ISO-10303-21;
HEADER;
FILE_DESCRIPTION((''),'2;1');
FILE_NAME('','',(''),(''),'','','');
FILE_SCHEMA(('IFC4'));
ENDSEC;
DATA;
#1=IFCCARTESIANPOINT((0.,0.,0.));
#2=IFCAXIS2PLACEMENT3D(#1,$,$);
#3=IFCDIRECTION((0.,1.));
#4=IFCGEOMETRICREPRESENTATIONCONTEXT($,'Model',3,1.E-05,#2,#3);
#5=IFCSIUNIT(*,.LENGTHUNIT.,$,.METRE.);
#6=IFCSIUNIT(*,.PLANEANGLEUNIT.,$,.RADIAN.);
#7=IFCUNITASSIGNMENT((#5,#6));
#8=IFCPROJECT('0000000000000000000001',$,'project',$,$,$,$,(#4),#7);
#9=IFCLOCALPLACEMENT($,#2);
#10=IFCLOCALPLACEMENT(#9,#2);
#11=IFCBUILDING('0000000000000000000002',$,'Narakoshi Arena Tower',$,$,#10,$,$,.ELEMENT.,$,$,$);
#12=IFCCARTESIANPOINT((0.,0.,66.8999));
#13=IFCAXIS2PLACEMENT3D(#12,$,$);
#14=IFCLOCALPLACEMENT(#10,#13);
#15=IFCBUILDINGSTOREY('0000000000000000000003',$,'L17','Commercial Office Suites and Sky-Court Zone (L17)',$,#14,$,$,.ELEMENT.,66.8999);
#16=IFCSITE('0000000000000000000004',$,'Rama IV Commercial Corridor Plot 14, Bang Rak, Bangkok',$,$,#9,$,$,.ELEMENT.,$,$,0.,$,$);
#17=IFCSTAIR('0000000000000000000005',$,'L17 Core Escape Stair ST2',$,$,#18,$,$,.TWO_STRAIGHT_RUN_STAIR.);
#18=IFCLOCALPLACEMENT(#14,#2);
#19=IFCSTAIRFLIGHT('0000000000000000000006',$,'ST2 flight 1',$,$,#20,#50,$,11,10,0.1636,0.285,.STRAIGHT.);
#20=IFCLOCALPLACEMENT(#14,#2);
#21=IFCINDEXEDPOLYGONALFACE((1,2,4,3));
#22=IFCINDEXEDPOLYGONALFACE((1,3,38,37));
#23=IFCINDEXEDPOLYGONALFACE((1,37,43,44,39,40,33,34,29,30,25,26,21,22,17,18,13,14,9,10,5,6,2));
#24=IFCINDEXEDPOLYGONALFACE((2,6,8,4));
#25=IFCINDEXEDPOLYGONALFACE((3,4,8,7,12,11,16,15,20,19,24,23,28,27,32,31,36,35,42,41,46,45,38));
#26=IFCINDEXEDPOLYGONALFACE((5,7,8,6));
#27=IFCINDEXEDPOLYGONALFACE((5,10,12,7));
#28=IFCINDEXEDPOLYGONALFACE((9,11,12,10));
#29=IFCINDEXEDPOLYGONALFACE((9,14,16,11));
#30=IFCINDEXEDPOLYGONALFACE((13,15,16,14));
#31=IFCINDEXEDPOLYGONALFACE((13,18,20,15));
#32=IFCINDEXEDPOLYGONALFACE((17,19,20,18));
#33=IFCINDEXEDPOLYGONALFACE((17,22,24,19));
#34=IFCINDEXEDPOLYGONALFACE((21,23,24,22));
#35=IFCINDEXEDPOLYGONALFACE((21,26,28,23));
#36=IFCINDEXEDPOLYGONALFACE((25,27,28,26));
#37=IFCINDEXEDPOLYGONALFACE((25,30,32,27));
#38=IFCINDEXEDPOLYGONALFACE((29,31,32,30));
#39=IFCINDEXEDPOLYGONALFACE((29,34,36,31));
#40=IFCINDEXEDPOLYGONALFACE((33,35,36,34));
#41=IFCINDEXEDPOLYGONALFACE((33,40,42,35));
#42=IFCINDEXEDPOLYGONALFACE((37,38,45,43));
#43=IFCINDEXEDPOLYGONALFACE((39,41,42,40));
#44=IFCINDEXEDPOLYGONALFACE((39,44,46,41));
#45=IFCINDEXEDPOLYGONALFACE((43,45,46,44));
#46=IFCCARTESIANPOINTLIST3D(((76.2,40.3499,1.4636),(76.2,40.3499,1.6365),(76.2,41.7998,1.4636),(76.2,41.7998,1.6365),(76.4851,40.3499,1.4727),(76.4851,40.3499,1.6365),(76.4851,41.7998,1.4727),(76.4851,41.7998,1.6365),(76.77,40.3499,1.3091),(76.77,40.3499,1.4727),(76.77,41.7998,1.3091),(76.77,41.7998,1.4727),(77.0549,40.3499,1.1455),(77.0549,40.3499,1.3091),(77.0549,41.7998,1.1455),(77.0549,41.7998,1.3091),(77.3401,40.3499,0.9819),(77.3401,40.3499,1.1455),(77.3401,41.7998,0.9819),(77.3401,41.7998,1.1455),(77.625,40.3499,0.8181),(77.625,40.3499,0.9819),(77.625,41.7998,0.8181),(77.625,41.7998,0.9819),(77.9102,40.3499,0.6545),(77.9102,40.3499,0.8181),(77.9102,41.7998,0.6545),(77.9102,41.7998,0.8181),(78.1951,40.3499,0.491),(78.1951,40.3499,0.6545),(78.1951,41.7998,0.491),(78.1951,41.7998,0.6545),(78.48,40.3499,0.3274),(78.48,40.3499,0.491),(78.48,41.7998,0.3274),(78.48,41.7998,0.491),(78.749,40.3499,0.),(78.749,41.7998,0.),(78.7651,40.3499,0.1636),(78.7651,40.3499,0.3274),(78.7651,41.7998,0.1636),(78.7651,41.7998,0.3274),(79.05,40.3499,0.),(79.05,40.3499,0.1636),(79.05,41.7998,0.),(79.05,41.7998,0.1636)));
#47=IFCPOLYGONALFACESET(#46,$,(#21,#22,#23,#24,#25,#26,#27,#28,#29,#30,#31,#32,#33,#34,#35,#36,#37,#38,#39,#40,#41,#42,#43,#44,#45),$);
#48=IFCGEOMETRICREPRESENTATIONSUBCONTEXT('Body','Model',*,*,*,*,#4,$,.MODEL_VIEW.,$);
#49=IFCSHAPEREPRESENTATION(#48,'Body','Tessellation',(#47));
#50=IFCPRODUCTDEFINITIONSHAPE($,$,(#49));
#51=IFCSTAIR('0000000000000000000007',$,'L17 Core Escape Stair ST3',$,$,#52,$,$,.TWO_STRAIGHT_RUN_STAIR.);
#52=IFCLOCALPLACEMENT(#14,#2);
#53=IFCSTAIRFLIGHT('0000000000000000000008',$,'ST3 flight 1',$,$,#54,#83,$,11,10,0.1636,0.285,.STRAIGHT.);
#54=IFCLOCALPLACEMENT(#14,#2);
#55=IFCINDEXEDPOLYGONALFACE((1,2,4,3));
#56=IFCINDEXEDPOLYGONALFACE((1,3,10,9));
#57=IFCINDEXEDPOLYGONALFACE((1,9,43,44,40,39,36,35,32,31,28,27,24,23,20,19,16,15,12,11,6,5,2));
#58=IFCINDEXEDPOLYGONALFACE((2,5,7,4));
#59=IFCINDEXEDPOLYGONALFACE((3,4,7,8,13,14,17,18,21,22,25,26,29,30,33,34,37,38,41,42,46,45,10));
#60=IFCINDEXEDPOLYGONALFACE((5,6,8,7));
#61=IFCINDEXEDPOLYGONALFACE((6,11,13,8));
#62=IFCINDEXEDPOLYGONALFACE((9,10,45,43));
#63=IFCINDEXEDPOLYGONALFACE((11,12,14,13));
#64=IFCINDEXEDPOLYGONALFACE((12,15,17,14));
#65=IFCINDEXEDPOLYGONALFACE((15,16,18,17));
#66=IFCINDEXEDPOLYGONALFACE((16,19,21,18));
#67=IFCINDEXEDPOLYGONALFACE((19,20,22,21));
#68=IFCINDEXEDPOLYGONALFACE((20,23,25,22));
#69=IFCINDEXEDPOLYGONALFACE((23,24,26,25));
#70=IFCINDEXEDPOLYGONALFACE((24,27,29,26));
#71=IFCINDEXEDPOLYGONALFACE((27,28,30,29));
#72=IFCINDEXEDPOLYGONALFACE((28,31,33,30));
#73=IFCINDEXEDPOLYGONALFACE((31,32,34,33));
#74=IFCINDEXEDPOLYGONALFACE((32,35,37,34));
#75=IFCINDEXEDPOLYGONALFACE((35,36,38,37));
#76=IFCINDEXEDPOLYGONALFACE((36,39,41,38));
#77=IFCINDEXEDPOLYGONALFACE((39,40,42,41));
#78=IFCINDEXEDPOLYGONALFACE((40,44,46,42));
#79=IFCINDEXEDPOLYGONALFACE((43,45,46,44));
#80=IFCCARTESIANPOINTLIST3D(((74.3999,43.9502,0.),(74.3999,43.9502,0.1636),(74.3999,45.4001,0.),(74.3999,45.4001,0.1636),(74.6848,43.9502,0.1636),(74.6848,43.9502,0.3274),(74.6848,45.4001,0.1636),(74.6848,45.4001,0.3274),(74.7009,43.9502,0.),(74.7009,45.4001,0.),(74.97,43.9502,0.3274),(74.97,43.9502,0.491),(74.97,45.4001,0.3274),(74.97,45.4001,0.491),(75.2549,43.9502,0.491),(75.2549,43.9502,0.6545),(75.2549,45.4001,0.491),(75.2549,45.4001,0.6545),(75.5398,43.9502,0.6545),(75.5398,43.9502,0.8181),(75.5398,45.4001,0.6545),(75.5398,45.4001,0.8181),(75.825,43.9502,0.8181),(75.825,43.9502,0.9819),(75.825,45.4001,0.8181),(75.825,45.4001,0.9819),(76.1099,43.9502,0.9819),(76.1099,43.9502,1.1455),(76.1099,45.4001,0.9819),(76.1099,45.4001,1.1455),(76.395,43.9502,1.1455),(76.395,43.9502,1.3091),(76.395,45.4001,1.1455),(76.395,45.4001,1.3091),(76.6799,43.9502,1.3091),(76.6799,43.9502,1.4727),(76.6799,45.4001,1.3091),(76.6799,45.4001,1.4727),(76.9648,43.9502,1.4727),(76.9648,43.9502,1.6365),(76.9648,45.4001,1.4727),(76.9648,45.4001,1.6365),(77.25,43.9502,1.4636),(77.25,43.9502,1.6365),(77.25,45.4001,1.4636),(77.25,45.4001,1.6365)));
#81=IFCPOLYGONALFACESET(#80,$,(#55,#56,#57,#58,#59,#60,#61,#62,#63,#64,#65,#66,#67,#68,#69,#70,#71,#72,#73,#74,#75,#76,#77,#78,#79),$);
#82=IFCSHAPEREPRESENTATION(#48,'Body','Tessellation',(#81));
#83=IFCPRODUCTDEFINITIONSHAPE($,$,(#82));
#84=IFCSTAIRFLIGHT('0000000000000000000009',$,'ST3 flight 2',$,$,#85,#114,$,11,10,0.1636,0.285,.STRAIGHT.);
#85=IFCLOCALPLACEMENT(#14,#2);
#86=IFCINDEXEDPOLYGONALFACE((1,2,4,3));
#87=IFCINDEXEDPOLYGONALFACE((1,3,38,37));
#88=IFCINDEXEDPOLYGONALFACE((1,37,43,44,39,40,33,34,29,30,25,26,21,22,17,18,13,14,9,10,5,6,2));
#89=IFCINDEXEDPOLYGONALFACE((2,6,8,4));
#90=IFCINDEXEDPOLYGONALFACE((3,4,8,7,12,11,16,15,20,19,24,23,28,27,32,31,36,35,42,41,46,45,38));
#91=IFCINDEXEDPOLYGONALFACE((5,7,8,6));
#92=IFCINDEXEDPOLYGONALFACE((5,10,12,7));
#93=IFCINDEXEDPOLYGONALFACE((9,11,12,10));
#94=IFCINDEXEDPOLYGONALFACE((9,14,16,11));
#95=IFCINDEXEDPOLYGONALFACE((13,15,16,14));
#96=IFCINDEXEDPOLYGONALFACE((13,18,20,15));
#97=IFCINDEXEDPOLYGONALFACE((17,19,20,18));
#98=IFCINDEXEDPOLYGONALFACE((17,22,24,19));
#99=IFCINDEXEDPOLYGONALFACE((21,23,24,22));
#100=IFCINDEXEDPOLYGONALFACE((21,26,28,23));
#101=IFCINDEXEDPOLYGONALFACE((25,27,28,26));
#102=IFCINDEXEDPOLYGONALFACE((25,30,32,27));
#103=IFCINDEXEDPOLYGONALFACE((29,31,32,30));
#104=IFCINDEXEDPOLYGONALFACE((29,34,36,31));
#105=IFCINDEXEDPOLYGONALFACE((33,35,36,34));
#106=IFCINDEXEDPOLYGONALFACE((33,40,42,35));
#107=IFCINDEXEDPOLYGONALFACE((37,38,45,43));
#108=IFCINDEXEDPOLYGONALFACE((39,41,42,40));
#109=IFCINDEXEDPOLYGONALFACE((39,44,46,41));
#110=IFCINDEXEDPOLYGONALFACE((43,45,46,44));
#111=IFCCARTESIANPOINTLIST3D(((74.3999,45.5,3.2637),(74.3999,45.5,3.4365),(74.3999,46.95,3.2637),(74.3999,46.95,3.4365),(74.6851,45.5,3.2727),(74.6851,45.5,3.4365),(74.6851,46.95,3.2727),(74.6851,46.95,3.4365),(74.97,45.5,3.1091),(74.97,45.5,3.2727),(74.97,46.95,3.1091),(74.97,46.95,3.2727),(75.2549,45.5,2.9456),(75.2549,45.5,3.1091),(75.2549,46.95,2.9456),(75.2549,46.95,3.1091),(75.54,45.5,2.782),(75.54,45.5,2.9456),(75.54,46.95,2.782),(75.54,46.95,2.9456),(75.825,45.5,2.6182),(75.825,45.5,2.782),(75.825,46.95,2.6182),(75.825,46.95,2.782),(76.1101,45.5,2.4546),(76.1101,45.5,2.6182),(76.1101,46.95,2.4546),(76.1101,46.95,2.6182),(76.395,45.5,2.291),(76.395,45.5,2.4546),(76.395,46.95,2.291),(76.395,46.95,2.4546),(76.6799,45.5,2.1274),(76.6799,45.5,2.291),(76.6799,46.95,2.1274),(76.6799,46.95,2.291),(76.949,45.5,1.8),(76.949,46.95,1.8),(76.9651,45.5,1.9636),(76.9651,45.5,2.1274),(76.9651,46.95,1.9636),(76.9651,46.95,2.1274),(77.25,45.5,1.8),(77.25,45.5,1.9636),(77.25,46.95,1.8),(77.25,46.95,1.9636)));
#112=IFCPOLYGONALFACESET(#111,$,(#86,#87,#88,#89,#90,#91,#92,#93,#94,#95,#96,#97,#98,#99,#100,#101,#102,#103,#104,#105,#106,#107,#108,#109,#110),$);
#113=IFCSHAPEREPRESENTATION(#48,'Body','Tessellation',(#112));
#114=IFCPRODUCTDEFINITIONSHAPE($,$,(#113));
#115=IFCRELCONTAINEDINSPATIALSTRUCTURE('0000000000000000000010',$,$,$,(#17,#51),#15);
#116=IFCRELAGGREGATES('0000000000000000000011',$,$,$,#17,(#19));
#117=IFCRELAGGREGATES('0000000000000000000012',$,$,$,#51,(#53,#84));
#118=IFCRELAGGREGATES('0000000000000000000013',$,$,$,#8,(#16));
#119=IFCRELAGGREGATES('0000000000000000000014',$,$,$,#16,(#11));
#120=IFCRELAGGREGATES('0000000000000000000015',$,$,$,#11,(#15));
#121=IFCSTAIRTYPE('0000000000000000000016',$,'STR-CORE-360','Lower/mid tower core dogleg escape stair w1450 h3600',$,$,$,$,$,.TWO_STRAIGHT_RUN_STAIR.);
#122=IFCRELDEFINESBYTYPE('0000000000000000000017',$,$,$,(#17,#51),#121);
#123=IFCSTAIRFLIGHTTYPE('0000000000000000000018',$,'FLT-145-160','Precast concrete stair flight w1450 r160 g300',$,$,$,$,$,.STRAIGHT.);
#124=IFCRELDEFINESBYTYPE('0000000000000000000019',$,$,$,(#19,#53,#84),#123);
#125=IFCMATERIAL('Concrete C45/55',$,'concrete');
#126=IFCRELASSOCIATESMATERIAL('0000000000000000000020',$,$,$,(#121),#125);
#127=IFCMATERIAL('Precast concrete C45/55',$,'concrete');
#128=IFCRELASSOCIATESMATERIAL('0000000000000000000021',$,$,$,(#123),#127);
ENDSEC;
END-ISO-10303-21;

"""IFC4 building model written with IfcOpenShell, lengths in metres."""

from ifc_helpers import new_model, si_unit, direction, frame, origin, place, context, subcontext, project, spatial, polyline, outline, extrude, material, type_object, element, aggregate, save


model = new_model("IFC4")

# Units and contexts
model_context = context("Model", 3, precision=1e-05, world=origin(), true_north=direction((0.0, 1.0)))
body_context = subcontext(model_context, "Body", "Model", "MODEL_VIEW")
ifc_project = project(units=[si_unit("LENGTHUNIT", "METRE"), si_unit("PLANEANGLEUNIT", "RADIAN")], contexts=[model_context])

# Site, building, storey
site_placement = place(None, origin())
site = spatial("IfcSite", under=ifc_project, at=site_placement, Name="Rama IV Commercial Corridor Plot 14, Bang Rak, Bangkok", CompositionType="ELEMENT", RefElevation=0.0)
building_placement = place(site_placement, origin())
building = spatial("IfcBuilding", under=site, at=building_placement, Name="Narakoshi Arena Tower", CompositionType="ELEMENT")
storey_placement = place(building_placement, frame((0.0, 0.0, 66.8999)))
storey = spatial("IfcBuildingStorey", under=building, at=storey_placement, Name="L17", Description="Commercial Office Suites and Sky-Court Zone (L17)", CompositionType="ELEMENT", Elevation=66.8999)

# Stair, stair flight
ifc_material_1 = material(Name="Concrete C45/55", Category="concrete")
stair_type = type_object("IfcStairType", Name="STR-CORE-360", Description="Lower/mid tower core dogleg escape stair w1450 h3600", PredefinedType="TWO_STRAIGHT_RUN_STAIR", material=ifc_material_1)
stair_1_placement = place(storey_placement, origin())
stair_1 = element("IfcStair", 1, at=stair_1_placement, inside=storey, type_object=stair_type, Name="L17 Core Escape Stair ST2", PredefinedType="TWO_STRAIGHT_RUN_STAIR")
ifc_material_2 = material(Name="Precast concrete C45/55", Category="concrete")
stair_flight_type = type_object("IfcStairFlightType", Name="FLT-145-160", Description="Precast concrete stair flight w1450 r160 g300", PredefinedType="STRAIGHT", material=ifc_material_2)
stair_flight_1_placement = place(storey_placement, frame((79.05, 41.075, 0.0), z_axis=(0.0, 0.0, 1.0), x_axis=(-1.0, 0.0, 0.0)))
stair_flight_1 = element("IfcStairFlight", 2, at=stair_flight_1_placement, type_object=stair_flight_type, Name="ST2 flight 1", NumberOfRisers=11, NumberOfTreads=10, PredefinedType="STRAIGHT", RiserHeight=0.1636, TreadLength=0.285, context=body_context, shape_type="SweptSolid", body=[
    extrude(outline(polyline([(0.0, 0.0), (0.0, 0.1636), (0.2849, 0.1636), (0.2849, 0.3274), (0.5701, 0.3274), (0.5701, 0.491), (0.855, 0.491), (0.855, 0.6545), (1.1399, 0.6545), (1.1399, 0.8181), (1.425, 0.8181), (1.425, 0.9819), (1.71, 0.9819), (1.71, 1.1455), (1.9951, 1.1455), (1.9951, 1.3091), (2.28, 1.3091), (2.28, 1.4727), (2.5649, 1.4727), (2.5649, 1.6365), (2.8501, 1.6365), (2.8501, 1.8), (2.8501, 1.4636), (0.301, 0.0), (0.0, 0.0)])), frame((0.0, 0.7251, 0.0), z_axis=(0.0, -1.0, 0.0), x_axis=(1.0, 0.0, 0.0)), (0.0, 0.0, 1.0), 1.45),
])
aggregate(stair_1, [stair_flight_1])

# Stair, stair flights
stair_2_placement = place(storey_placement, origin())
stair_2 = element("IfcStair", 3, at=stair_2_placement, inside=storey, type_object=stair_type, Name="L17 Core Escape Stair ST3", PredefinedType="TWO_STRAIGHT_RUN_STAIR")
stair_flight_2_placement = place(storey_placement, frame((74.3999, 44.675, 0.0), z_axis=(0.0, 0.0, 1.0), x_axis=(1.0, 0.0, 0.0)))
stair_flight_2 = element("IfcStairFlight", 4, at=stair_flight_2_placement, type_object=stair_flight_type, Name="ST3 flight 1", NumberOfRisers=11, NumberOfTreads=10, PredefinedType="STRAIGHT", RiserHeight=0.1636, TreadLength=0.285, context=body_context, shape_type="SweptSolid", body=[
    extrude(outline(polyline([(0.0, 0.0), (0.0, 0.1636), (0.2849, 0.1636), (0.2849, 0.3274), (0.5701, 0.3274), (0.5701, 0.491), (0.855, 0.491), (0.855, 0.6545), (1.1399, 0.6545), (1.1399, 0.8181), (1.425, 0.8181), (1.425, 0.9819), (1.71, 0.9819), (1.71, 1.1455), (1.9951, 1.1455), (1.9951, 1.3091), (2.28, 1.3091), (2.28, 1.4727), (2.5649, 1.4727), (2.5649, 1.6365), (2.8501, 1.6365), (2.8501, 1.8), (2.8501, 1.4636), (0.301, 0.0), (0.0, 0.0)])), frame((0.0, 0.7251, 0.0), z_axis=(0.0, -1.0, 0.0), x_axis=(1.0, 0.0, 0.0)), (0.0, 0.0, 1.0), 1.45),
])
stair_flight_3_placement = place(storey_placement, frame((77.25, 46.2251, 1.8), z_axis=(0.0, 0.0, 1.0), x_axis=(-1.0, 0.0, 0.0)))
stair_flight_3 = element("IfcStairFlight", 5, at=stair_flight_3_placement, type_object=stair_flight_type, Name="ST3 flight 2", NumberOfRisers=11, NumberOfTreads=10, PredefinedType="STRAIGHT", RiserHeight=0.1636, TreadLength=0.285, context=body_context, shape_type="SweptSolid", body=[
    extrude(outline(polyline([(0.0, 0.0), (0.0, 0.1636), (0.2849, 0.1636), (0.2849, 0.3274), (0.5701, 0.3274), (0.5701, 0.491), (0.855, 0.491), (0.855, 0.6545), (1.1399, 0.6545), (1.1399, 0.8181), (1.425, 0.8181), (1.425, 0.9819), (1.71, 0.9819), (1.71, 1.1455), (1.9951, 1.1455), (1.9951, 1.3091), (2.28, 1.3091), (2.28, 1.4727), (2.5649, 1.4727), (2.5649, 1.6365), (2.8501, 1.6365), (2.8501, 1.8), (2.8501, 1.4636), (0.301, 0.0), (0.0, 0.0)])), frame((0.0, 0.7251, 0.0), z_axis=(0.0, -1.0, 0.0), x_axis=(1.0, 0.0, 0.0)), (0.0, 0.0, 1.0), 1.45),
])
aggregate(stair_2, [stair_flight_2, stair_flight_3])

save(model, "model.ifc")
